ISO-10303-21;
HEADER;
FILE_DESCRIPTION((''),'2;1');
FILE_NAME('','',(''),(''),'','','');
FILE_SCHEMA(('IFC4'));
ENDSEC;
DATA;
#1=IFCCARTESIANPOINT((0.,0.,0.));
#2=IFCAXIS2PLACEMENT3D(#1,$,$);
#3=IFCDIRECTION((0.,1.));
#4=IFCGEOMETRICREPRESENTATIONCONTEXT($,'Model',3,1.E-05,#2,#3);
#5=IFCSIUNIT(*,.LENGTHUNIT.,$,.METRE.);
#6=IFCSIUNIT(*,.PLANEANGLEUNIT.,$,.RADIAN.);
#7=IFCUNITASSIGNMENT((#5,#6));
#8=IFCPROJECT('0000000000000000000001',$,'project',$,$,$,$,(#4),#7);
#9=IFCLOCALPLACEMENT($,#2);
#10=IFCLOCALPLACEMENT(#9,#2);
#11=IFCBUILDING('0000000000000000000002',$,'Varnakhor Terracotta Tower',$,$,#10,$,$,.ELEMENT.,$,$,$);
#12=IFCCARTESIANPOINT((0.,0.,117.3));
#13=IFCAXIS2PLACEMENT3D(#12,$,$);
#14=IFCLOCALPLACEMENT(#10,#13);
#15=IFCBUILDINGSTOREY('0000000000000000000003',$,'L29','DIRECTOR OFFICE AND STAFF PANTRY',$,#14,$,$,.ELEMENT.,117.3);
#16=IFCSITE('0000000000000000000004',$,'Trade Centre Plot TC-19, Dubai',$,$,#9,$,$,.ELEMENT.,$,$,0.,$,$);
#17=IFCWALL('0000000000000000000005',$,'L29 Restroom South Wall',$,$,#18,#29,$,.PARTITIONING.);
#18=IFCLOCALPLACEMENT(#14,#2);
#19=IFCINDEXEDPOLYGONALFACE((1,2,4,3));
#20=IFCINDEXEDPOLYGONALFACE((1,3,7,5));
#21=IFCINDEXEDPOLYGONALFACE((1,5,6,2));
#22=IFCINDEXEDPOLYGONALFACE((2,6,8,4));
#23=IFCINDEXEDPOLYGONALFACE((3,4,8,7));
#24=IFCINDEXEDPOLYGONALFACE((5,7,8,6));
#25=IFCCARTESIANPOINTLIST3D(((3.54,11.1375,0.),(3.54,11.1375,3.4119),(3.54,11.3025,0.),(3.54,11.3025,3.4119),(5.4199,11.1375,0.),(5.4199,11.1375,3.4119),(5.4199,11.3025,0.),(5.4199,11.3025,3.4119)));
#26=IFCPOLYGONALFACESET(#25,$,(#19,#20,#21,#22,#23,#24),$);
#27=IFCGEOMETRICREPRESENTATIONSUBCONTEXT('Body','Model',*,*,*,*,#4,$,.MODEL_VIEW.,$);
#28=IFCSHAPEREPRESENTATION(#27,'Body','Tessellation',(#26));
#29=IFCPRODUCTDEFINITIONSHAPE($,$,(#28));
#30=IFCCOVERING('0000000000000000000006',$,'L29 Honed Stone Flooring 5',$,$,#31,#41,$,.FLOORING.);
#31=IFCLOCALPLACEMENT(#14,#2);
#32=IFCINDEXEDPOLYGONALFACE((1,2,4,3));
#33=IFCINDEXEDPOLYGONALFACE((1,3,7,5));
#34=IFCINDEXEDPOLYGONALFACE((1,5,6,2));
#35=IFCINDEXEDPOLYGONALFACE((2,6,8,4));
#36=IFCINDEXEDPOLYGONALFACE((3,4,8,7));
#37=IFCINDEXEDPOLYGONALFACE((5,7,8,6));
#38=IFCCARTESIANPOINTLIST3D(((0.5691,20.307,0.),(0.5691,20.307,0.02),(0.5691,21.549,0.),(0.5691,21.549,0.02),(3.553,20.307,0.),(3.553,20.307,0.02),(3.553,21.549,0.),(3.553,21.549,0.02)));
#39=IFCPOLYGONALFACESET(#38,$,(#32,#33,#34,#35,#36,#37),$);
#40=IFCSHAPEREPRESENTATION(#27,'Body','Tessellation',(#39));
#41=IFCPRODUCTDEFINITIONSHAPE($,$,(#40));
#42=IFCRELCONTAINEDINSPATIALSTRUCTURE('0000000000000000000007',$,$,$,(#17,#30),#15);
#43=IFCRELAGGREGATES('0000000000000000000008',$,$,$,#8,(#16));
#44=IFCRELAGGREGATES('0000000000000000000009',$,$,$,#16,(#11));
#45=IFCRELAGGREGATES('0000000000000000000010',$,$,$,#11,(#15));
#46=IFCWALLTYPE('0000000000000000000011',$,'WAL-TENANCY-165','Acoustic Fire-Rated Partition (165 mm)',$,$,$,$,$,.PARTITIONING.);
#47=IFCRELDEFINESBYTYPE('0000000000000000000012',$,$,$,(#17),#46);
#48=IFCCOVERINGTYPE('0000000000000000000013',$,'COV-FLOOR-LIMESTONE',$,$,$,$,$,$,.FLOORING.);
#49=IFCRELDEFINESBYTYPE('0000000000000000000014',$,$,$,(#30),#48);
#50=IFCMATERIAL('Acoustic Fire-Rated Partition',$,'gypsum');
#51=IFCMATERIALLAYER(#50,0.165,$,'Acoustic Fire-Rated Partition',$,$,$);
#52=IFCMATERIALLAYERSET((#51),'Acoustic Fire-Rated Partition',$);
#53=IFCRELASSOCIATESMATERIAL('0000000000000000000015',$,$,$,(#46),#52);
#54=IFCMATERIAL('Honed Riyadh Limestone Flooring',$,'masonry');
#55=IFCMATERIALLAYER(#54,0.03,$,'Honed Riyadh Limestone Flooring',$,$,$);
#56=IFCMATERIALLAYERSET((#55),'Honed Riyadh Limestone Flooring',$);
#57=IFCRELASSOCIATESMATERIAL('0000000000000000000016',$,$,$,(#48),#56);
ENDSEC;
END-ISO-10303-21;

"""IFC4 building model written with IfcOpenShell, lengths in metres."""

from ifc_helpers import new_model, si_unit, direction, frame, frame_2d, origin, origin_2d, place, context, subcontext, project, spatial, rectangle, extrude, source, transform, mapped, material, layer, layer_set, type_object, element, save


model = new_model("IFC4")

# Units and contexts
model_context = context("Model", 3, precision=1e-05, world=origin(), true_north=direction((0.0, 1.0)))
body_context = subcontext(model_context, "Body", "Model", "MODEL_VIEW")
ifc_project = project(units=[si_unit("LENGTHUNIT", "METRE"), si_unit("PLANEANGLEUNIT", "RADIAN")], contexts=[model_context])

# Site, building, storey
site_placement = place(None, origin())
site = spatial("IfcSite", under=ifc_project, at=site_placement, Name="Trade Centre Plot TC-19, Dubai", CompositionType="ELEMENT", RefElevation=0.0)
building_placement = place(site_placement, origin())
building = spatial("IfcBuilding", under=site, at=building_placement, Name="Varnakhor Terracotta Tower", CompositionType="ELEMENT")
storey_placement = place(building_placement, frame((0.0, 0.0, 117.3)))
storey = spatial("IfcBuildingStorey", under=building, at=storey_placement, Name="L29", Description="DIRECTOR OFFICE AND STAFF PANTRY", CompositionType="ELEMENT", Elevation=117.3)

# Shared definitions
ifc_material_1 = material(Name="Acoustic Fire-Rated Partition", Category="gypsum")
ifc_layer_1 = layer(ifc_material_1, 0.165, Name="Acoustic Fire-Rated Partition")
ifc_layer_set_1 = layer_set([ifc_layer_1], Name="Acoustic Fire-Rated Partition")
wall_type_1 = type_object("IfcWallType", Name="WAL-TENANCY-165", Description="Acoustic Fire-Rated Partition (165 mm)", PredefinedType="PARTITIONING", material=ifc_layer_set_1)

# Wall
wall_1_placement = place(storey_placement, frame((3.54, 11.22, 0.0), z_axis=(0.0, 0.0, 1.0), x_axis=(1.0, 0.0, 0.0)))
element("IfcWall", 1, at=wall_1_placement, inside=storey, type_object=wall_type_1, Name="L29 Restroom South Wall", PredefinedType="PARTITIONING", context=body_context, shape_type="SweptSolid", body=[
    extrude(rectangle(XDim=1.8799, YDim=0.165, at=frame_2d((0.9399, 0.0))), origin(), (0.0, 0.0, 1.0), 3.4119),
])

# Covering
ifc_material_2 = material(Name="Honed Riyadh Limestone Flooring", Category="masonry")
ifc_layer_2 = layer(ifc_material_2, 0.03, Name="Honed Riyadh Limestone Flooring")
ifc_layer_set_2 = layer_set([ifc_layer_2], Name="Honed Riyadh Limestone Flooring")
covering_type = type_object("IfcCoveringType", Name="COV-FLOOR-LIMESTONE", PredefinedType="FLOORING", material=ifc_layer_set_2)
shared_shape_1 = source(origin(), body_context, "Body", "SweptSolid", [
    extrude(rectangle(XDim=2.9839, YDim=1.2419, at=origin_2d()), origin(), (0.0, 0.0, 1.0), 0.02),
])
covering_placement = place(storey_placement, frame((2.061, 20.928, 0.0), z_axis=(0.0, 0.0, 1.0), x_axis=(1.0, 0.0, 0.0)))
element("IfcCovering", 2, at=covering_placement, inside=storey, type_object=covering_type, Name="L29 Honed Stone Flooring 5", PredefinedType="FLOORING", context=body_context, shape_type="MappedRepresentation", body=[
    mapped(shared_shape_1, transform((0.0, 0.0, 0.0), scale=1.0)),
])

save(model, "model.ifc")
